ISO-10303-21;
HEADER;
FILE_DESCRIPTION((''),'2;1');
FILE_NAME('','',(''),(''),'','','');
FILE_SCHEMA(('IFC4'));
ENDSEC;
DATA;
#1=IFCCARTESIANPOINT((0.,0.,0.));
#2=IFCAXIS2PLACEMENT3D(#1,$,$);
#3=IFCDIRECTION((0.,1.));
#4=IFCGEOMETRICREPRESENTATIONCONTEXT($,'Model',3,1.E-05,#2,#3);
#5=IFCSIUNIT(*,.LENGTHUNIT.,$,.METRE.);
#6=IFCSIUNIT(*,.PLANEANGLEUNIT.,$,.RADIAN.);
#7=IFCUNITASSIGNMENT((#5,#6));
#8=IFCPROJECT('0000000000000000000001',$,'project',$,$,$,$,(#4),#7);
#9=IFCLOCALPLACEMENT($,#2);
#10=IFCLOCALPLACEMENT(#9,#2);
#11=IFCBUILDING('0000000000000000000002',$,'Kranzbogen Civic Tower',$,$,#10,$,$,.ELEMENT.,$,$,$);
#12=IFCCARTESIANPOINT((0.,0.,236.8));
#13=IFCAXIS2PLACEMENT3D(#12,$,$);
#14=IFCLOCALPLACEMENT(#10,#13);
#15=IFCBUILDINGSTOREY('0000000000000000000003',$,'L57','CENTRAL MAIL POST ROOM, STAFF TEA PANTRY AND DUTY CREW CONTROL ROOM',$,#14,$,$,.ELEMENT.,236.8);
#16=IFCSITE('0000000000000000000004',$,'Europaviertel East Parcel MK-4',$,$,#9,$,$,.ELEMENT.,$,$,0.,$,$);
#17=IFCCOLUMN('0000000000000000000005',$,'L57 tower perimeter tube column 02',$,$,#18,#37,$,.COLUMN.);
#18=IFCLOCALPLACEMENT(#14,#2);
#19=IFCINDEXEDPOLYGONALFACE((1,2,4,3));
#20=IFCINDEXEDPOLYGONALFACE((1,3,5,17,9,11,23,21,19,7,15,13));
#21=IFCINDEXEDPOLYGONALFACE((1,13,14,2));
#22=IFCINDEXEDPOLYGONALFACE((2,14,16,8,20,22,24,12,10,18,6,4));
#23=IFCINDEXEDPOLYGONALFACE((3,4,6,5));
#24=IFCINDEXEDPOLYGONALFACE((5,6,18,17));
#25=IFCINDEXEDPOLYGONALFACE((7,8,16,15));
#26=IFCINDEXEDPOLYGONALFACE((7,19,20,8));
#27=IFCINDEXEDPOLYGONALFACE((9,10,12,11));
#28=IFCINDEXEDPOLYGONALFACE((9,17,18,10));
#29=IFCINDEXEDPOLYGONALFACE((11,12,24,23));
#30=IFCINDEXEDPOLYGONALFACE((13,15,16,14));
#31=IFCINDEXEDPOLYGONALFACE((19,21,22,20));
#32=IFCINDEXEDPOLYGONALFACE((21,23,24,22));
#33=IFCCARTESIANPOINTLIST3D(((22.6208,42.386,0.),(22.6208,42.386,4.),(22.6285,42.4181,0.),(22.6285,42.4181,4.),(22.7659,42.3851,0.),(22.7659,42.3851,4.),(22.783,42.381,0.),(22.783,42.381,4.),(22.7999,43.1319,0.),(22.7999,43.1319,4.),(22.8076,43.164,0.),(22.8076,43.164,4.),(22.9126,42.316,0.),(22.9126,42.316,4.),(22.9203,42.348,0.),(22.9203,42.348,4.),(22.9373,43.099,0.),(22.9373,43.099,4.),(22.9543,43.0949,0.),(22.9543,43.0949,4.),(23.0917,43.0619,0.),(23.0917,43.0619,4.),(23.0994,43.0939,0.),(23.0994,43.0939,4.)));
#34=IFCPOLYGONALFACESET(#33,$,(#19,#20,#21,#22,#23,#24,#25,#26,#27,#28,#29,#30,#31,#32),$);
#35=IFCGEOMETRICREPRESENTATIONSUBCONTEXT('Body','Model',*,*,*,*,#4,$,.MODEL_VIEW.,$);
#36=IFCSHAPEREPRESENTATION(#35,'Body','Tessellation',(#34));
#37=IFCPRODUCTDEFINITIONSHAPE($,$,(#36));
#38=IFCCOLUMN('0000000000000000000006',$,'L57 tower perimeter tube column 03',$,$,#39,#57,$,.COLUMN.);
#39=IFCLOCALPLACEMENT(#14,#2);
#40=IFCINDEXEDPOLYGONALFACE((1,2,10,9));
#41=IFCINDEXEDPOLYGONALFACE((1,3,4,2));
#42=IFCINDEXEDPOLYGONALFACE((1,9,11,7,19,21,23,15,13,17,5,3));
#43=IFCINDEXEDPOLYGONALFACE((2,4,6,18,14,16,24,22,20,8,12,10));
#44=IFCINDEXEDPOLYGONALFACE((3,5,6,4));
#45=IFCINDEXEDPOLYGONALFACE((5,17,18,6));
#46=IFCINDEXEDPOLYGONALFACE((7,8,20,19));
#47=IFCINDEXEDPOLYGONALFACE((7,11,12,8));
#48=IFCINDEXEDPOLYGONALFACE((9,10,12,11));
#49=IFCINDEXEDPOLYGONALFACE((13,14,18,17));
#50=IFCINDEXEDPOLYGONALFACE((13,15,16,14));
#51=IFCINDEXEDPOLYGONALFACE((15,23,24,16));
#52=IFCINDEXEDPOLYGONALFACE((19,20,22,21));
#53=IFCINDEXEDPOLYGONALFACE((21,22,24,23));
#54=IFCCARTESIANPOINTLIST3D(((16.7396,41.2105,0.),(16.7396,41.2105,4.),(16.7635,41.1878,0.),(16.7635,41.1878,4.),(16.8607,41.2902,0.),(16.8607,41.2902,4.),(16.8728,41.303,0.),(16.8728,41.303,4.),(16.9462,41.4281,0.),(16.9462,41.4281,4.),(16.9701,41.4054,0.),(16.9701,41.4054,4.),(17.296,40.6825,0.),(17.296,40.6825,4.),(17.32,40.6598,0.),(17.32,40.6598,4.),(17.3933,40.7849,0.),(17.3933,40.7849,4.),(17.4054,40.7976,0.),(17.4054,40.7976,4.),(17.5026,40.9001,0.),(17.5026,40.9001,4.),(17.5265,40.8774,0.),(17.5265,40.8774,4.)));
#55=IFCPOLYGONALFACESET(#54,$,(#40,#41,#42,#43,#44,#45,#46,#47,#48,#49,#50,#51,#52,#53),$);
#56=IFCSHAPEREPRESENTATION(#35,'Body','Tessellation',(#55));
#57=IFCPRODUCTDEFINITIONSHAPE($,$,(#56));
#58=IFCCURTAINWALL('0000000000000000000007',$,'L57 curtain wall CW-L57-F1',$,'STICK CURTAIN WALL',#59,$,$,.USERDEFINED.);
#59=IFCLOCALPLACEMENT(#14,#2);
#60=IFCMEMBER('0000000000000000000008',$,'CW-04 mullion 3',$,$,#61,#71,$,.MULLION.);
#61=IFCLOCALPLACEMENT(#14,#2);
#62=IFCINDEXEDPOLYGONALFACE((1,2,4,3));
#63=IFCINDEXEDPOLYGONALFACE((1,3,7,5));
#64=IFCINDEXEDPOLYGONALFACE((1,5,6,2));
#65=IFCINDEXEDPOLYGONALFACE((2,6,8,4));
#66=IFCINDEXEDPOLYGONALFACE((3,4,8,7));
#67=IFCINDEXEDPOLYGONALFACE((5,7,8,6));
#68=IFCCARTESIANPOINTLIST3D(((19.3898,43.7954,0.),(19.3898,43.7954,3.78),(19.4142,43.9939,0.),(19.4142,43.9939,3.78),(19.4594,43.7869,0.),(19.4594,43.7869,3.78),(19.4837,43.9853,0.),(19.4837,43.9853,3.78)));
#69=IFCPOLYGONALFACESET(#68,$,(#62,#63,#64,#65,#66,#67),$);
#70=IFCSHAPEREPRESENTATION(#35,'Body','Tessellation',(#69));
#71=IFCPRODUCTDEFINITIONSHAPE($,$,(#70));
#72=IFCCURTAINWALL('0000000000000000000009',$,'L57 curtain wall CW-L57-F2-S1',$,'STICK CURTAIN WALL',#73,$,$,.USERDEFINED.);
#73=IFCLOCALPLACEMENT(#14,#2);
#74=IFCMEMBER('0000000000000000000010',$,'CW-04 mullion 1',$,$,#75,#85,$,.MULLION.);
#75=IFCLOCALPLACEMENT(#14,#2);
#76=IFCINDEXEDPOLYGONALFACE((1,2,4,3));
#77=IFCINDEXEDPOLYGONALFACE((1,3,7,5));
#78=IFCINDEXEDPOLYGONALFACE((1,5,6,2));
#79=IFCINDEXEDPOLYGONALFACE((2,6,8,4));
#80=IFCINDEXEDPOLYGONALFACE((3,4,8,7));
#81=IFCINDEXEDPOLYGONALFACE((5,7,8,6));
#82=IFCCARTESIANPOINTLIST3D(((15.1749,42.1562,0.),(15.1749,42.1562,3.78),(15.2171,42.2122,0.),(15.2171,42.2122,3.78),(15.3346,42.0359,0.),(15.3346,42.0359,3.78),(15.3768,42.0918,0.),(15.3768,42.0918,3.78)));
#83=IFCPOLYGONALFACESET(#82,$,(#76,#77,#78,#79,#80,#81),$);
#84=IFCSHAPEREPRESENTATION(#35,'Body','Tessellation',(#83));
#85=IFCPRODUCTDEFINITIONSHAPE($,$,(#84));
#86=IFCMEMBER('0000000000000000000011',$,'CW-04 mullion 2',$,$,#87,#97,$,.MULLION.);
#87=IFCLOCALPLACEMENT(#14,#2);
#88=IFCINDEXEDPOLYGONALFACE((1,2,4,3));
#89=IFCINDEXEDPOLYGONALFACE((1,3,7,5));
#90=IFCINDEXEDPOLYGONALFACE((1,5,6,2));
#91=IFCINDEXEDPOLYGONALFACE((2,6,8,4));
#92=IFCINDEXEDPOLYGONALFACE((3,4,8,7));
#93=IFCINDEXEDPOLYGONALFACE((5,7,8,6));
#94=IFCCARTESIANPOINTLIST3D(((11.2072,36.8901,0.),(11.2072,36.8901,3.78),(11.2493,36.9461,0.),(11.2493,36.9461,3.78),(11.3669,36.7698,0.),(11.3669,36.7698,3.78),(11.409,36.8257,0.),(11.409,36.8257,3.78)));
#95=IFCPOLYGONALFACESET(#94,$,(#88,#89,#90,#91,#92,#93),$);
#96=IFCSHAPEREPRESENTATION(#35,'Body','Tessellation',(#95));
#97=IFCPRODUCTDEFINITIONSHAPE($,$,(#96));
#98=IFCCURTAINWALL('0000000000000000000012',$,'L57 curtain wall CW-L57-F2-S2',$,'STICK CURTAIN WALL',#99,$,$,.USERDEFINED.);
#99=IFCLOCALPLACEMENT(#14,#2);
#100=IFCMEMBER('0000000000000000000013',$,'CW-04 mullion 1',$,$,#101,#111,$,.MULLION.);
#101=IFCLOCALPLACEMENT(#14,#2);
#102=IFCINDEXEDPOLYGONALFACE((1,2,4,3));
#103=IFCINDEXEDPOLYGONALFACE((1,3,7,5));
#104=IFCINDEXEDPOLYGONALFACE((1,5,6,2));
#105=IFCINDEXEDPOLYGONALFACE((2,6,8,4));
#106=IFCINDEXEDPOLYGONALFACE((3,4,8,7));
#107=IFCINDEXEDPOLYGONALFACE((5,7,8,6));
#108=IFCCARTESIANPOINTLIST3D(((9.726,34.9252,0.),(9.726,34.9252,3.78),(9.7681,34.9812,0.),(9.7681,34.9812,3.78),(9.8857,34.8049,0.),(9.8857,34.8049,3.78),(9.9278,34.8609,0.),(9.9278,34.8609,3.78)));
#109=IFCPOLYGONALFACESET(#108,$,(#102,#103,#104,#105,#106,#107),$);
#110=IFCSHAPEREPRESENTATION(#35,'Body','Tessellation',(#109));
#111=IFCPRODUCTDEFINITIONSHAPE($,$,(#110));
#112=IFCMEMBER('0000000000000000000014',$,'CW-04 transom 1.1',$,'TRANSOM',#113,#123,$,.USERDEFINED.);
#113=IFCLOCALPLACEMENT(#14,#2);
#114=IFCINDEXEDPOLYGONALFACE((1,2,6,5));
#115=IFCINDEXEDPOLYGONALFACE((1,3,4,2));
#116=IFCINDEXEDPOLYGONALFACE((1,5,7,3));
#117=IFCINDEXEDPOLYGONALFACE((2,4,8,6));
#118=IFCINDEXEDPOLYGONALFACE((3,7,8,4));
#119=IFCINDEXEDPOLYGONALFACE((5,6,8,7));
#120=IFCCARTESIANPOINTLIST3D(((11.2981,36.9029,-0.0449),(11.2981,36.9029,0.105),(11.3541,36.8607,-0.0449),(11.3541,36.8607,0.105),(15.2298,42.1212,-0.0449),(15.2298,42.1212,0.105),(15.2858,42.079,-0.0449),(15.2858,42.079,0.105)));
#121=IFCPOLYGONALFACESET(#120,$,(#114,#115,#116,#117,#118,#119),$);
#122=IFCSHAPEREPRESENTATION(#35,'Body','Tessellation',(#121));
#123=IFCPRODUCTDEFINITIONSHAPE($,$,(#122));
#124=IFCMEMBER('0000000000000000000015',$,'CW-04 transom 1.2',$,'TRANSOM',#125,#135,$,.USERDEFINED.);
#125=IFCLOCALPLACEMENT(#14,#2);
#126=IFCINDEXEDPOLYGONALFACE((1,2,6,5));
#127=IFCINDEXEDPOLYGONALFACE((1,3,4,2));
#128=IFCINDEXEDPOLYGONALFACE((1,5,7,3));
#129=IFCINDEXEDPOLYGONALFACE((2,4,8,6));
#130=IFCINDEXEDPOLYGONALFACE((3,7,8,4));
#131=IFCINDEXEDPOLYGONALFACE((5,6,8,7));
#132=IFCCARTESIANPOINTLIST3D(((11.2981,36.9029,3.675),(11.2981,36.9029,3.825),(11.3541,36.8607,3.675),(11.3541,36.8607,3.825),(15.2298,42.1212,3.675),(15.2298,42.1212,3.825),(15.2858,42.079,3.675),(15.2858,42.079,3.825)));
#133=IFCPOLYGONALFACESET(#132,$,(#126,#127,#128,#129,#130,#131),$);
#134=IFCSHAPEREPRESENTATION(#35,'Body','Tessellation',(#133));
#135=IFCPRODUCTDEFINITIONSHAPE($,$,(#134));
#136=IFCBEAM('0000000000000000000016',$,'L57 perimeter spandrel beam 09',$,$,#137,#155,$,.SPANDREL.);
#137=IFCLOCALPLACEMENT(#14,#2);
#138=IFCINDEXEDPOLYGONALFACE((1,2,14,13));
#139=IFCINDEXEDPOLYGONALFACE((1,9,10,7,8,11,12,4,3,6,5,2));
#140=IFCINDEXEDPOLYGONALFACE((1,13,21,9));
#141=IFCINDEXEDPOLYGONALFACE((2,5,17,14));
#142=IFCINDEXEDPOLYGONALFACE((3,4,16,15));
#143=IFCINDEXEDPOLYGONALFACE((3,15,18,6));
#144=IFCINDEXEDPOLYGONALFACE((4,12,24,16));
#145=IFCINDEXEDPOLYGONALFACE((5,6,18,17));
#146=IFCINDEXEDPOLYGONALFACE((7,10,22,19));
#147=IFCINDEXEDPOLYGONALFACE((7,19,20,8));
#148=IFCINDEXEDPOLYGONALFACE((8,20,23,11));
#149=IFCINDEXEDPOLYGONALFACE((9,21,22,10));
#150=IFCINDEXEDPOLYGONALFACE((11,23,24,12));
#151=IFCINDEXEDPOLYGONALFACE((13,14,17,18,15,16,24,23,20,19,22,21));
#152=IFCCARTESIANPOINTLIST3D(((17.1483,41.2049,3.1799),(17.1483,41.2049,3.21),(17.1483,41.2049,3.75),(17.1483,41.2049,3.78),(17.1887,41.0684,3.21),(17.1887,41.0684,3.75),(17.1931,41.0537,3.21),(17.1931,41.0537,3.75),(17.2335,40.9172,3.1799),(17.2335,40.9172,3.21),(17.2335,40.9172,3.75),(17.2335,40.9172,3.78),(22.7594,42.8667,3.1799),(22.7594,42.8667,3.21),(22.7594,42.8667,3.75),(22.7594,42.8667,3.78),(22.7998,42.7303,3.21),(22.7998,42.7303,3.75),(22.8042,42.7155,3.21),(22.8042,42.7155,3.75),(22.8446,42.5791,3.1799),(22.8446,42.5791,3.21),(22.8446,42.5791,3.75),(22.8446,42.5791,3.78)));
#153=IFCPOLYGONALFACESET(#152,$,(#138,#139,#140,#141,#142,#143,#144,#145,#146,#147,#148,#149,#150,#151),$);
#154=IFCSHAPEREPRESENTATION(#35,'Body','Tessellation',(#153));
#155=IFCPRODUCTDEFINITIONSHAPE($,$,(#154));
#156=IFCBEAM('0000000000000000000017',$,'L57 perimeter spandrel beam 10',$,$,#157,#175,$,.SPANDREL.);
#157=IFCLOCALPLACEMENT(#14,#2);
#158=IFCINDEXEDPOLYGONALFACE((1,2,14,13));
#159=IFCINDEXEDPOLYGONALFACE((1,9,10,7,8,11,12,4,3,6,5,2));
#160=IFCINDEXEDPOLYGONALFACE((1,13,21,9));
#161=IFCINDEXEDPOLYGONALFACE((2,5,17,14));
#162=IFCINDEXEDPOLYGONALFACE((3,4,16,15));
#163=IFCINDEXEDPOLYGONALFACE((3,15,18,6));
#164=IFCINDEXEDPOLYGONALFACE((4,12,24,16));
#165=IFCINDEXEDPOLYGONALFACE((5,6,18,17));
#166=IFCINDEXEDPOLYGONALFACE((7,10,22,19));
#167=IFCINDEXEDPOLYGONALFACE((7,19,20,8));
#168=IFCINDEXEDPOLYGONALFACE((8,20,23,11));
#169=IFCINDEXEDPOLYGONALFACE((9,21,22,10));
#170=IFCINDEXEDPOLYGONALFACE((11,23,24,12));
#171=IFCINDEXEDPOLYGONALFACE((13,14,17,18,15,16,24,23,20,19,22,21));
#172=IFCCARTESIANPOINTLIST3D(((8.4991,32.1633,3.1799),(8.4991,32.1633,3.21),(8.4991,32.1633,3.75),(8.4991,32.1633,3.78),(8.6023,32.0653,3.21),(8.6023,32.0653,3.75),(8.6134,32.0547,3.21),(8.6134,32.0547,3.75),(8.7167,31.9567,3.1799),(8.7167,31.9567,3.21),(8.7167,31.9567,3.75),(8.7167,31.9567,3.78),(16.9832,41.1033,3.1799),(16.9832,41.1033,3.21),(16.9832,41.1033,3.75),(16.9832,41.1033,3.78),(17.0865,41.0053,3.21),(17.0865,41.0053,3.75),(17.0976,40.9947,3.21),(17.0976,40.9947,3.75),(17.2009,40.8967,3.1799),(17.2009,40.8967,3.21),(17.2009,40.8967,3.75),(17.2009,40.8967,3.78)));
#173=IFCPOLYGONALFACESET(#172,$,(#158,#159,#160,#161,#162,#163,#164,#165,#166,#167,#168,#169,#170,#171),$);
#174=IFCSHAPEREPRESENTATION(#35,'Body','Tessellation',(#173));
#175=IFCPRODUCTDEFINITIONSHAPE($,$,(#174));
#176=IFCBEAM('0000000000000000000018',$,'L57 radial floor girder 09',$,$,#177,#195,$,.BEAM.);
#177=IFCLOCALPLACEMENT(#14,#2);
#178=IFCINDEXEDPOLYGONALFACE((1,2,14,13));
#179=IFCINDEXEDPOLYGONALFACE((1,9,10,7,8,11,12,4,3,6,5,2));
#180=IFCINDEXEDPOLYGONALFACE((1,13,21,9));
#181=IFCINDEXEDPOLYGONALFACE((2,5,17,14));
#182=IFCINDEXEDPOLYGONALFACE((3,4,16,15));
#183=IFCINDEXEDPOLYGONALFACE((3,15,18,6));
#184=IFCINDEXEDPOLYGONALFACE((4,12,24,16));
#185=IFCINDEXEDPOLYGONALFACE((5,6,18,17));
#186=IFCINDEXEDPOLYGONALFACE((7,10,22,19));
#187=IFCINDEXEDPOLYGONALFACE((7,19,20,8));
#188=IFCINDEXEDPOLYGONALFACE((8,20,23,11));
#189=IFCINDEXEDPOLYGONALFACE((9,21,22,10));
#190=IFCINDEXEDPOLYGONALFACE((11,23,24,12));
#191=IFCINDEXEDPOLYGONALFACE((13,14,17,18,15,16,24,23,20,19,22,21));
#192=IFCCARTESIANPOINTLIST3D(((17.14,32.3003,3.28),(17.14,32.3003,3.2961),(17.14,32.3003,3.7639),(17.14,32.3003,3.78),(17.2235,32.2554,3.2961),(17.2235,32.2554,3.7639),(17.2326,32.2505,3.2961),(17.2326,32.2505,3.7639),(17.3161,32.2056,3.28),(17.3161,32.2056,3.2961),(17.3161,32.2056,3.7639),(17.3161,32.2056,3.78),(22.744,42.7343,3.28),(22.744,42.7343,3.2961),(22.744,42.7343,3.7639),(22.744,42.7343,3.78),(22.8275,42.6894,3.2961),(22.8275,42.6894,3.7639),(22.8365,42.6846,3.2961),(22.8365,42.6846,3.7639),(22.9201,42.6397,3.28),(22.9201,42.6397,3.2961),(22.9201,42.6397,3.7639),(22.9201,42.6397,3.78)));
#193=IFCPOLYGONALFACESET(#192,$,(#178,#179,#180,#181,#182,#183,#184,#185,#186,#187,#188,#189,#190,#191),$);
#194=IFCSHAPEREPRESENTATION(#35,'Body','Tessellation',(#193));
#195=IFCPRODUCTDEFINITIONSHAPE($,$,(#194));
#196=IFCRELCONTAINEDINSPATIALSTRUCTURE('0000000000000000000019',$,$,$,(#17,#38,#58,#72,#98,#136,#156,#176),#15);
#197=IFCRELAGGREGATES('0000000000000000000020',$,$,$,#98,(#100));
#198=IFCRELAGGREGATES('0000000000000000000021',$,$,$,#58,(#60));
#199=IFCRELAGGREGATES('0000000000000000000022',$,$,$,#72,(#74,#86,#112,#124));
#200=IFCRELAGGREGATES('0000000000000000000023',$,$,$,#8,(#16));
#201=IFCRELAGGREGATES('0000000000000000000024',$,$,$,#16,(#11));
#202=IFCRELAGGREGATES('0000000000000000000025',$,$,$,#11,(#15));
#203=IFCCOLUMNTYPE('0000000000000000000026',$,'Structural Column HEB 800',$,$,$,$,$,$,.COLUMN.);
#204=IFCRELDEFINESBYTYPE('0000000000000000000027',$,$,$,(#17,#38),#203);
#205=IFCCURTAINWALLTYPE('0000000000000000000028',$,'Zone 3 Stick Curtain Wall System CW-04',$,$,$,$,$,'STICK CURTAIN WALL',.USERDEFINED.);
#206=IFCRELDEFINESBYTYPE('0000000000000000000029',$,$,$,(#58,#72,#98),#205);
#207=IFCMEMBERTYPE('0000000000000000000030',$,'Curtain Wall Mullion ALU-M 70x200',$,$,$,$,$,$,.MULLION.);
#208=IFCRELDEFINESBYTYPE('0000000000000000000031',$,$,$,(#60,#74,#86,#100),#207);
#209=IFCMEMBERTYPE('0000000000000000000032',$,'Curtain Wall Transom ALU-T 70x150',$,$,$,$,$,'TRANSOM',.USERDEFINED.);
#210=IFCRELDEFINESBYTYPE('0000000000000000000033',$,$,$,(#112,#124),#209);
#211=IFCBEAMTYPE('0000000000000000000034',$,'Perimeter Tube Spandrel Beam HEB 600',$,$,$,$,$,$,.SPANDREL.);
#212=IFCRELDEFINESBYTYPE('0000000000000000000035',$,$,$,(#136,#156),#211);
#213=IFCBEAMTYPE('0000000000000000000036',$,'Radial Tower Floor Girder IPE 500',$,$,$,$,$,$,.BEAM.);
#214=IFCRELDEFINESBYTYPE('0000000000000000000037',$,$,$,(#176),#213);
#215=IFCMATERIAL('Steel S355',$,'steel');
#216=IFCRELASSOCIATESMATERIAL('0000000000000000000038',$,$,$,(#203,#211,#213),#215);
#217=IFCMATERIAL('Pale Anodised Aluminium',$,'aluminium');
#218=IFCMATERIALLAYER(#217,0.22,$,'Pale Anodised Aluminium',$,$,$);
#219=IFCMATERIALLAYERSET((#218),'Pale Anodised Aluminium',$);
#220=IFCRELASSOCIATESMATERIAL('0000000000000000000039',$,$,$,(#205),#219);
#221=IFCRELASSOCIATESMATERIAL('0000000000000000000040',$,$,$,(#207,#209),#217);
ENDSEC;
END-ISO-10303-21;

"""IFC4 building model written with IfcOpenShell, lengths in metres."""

from ifc_helpers import new_model, si_unit, direction, frame, origin, origin_2d, place, context, subcontext, project, spatial, rectangle, i_section, extrude, material, layer, layer_set, material_profile, profile_set, type_object, element, aggregate, save


model = new_model("IFC4")

# Units and contexts
model_context = context("Model", 3, precision=1e-05, world=origin(), true_north=direction((0.0, 1.0)))
body_context = subcontext(model_context, "Body", "Model", "MODEL_VIEW")
ifc_project = project(units=[si_unit("LENGTHUNIT", "METRE"), si_unit("PLANEANGLEUNIT", "RADIAN")], contexts=[model_context])

# Site, building, storey
site_placement = place(None, origin())
site = spatial("IfcSite", under=ifc_project, at=site_placement, Name="Europaviertel East Parcel MK-4", CompositionType="ELEMENT", RefElevation=0.0)
building_placement = place(site_placement, origin())
building = spatial("IfcBuilding", under=site, at=building_placement, Name="Kranzbogen Civic Tower", CompositionType="ELEMENT")
storey_placement = place(building_placement, frame((0.0, 0.0, 236.8)))
storey = spatial("IfcBuildingStorey", under=building, at=storey_placement, Name="L57", Description="CENTRAL MAIL POST ROOM, STAFF TEA PANTRY AND DUTY CREW CONTROL ROOM", CompositionType="ELEMENT", Elevation=236.8)

# Columns
ifc_material_1 = material(Name="Steel S355", Category="steel")
ifc_material_profile_1 = material_profile(ifc_material_1, i_section(OverallWidth=0.3, OverallDepth=0.8, WebThickness=0.0176, FlangeThickness=0.033, at=origin_2d()), Name="HEB 800")
ifc_profile_set_1 = profile_set([ifc_material_profile_1], Name="Steel S355")
column_type = type_object("IfcColumnType", Name="Structural Column HEB 800", PredefinedType="COLUMN", material=ifc_profile_set_1)
for number, where, z_axis, x_axis, name in (
    (1, (22.8601, 42.74, 0.0), (0.0, 0.0, 1.0), (-0.97237, 0.233445, 0.0), "L57 tower perimeter tube column 02"),
    (2, (17.1331, 41.0439, 0.0), (0.0, 0.0, 1.0), (0.688355, 0.725374, 0.0), "L57 tower perimeter tube column 03"),
):
    element("IfcColumn", number, at=place(storey_placement, frame(where, z_axis=z_axis, x_axis=x_axis)), inside=storey, type_object=column_type, Name=name, PredefinedType="COLUMN", context=body_context, shape_type="SweptSolid", body=[
        extrude(i_section(OverallWidth=0.3, OverallDepth=0.8, WebThickness=0.0176, FlangeThickness=0.033, at=origin_2d()), origin(), (0.0, 0.0, 1.0), 4.0),
    ])

# Curtain wall, member
ifc_material_2 = material(Name="Pale Anodised Aluminium", Category="aluminium")
ifc_layer_1 = layer(ifc_material_2, 0.22, Name="Pale Anodised Aluminium")
ifc_layer_set_1 = layer_set([ifc_layer_1], Name="Pale Anodised Aluminium")
curtain_wall_type = type_object("IfcCurtainWallType", Name="Zone 3 Stick Curtain Wall System CW-04", ElementType="STICK CURTAIN WALL", PredefinedType="USERDEFINED", material=ifc_layer_set_1)
curtain_wall_1_placement = place(storey_placement, origin())
curtain_wall_1 = element("IfcCurtainWall", 3, at=curtain_wall_1_placement, inside=storey, type_object=curtain_wall_type, Name="L57 curtain wall CW-L57-F1", ObjectType="STICK CURTAIN WALL", PredefinedType="USERDEFINED")
ifc_material_profile_2 = material_profile(ifc_material_2, rectangle(XDim=0.0701, YDim=0.2, at=origin_2d()), Name="ALU-M 70x200")
ifc_profile_set_2 = profile_set([ifc_material_profile_2], Name="Pale Anodised Aluminium")
member_type_1 = type_object("IfcMemberType", Name="Curtain Wall Mullion ALU-M 70x200", PredefinedType="MULLION", material=ifc_profile_set_2)
member_1_placement = place(storey_placement, frame((19.4368, 43.8904, 0.0), z_axis=(0.0, 0.0, 1.0), x_axis=(-0.992541, 0.121911, 0.0)))
member_1 = element("IfcMember", 4, at=member_1_placement, type_object=member_type_1, Name="CW-04 mullion 3", PredefinedType="MULLION", context=body_context, shape_type="SweptSolid", body=[
    extrude(rectangle(XDim=0.0701, YDim=0.2, at=origin_2d()), origin(), (0.0, 0.0, 1.0), 3.78),
])

# Curtain wall, members
curtain_wall_2_placement = place(storey_placement, origin())
curtain_wall_2 = element("IfcCurtainWall", 5, at=curtain_wall_2_placement, inside=storey, type_object=curtain_wall_type, Name="L57 curtain wall CW-L57-F2-S1", ObjectType="STICK CURTAIN WALL", PredefinedType="USERDEFINED")
member_2_placement = place(storey_placement, frame((15.2759, 42.124, 0.0), z_axis=(0.0, 0.0, 1.0), x_axis=(-0.601778, -0.798663, 0.0)))
member_2 = element("IfcMember", 6, at=member_2_placement, type_object=member_type_1, Name="CW-04 mullion 1", PredefinedType="MULLION", context=body_context, shape_type="SweptSolid", body=[
    extrude(rectangle(XDim=0.0701, YDim=0.2, at=origin_2d()), origin(), (0.0, 0.0, 1.0), 3.78),
])
member_3_placement = place(storey_placement, frame((11.3081, 36.8579, 0.0), z_axis=(0.0, 0.0, 1.0), x_axis=(-0.601778, -0.798663, 0.0)))
member_3 = element("IfcMember", 7, at=member_3_placement, type_object=member_type_1, Name="CW-04 mullion 2", PredefinedType="MULLION", context=body_context, shape_type="SweptSolid", body=[
    extrude(rectangle(XDim=0.0701, YDim=0.2, at=origin_2d()), origin(), (0.0, 0.0, 1.0), 3.78),
])

# Curtain wall, member
curtain_wall_3_placement = place(storey_placement, origin())
curtain_wall_3 = element("IfcCurtainWall", 8, at=curtain_wall_3_placement, inside=storey, type_object=curtain_wall_type, Name="L57 curtain wall CW-L57-F2-S2", ObjectType="STICK CURTAIN WALL", PredefinedType="USERDEFINED")
member_4_placement = place(storey_placement, frame((9.8269, 34.8931, 0.0), z_axis=(0.0, 0.0, 1.0), x_axis=(-0.601778, -0.798663, 0.0)))
member_4 = element("IfcMember", 9, at=member_4_placement, type_object=member_type_1, Name="CW-04 mullion 1", PredefinedType="MULLION", context=body_context, shape_type="SweptSolid", body=[
    extrude(rectangle(XDim=0.0701, YDim=0.2, at=origin_2d()), origin(), (0.0, 0.0, 1.0), 3.78),
])
aggregate(curtain_wall_3, [member_4])

# Members
ifc_material_profile_3 = material_profile(ifc_material_2, rectangle(XDim=0.0701, YDim=0.1499, at=origin_2d()), Name="ALU-T 70x150")
ifc_profile_set_3 = profile_set([ifc_material_profile_3], Name="Pale Anodised Aluminium")
member_type_2 = type_object("IfcMemberType", Name="Curtain Wall Transom ALU-T 70x150", ElementType="TRANSOM", PredefinedType="USERDEFINED", material=ifc_profile_set_3)
member_5_placement = place(storey_placement, frame((15.2578, 42.1001, 0.03), z_axis=(-0.601756, -0.79868, 0.0), x_axis=(0.79868, -0.601756, 0.0)))
member_5 = element("IfcMember", 10, at=member_5_placement, type_object=member_type_2, Name="CW-04 transom 1.1", ObjectType="TRANSOM", PredefinedType="USERDEFINED", context=body_context, shape_type="SweptSolid", body=[
    extrude(rectangle(XDim=0.0701, YDim=0.1499, at=origin_2d()), origin(), (0.0, 0.0, 1.0), 6.5337),
])
member_6_placement = place(storey_placement, frame((15.2578, 42.1001, 3.75), z_axis=(-0.601756, -0.79868, 0.0), x_axis=(0.79868, -0.601756, 0.0)))
member_6 = element("IfcMember", 11, at=member_6_placement, type_object=member_type_2, Name="CW-04 transom 1.2", ObjectType="TRANSOM", PredefinedType="USERDEFINED", context=body_context, shape_type="SweptSolid", body=[
    extrude(rectangle(XDim=0.0701, YDim=0.1499, at=origin_2d()), origin(), (0.0, 0.0, 1.0), 6.5337),
])

# Beams
ifc_material_profile_4 = material_profile(ifc_material_1, i_section(OverallWidth=0.3, OverallDepth=0.6001, WebThickness=0.0154, FlangeThickness=0.03, at=origin_2d()), Name="HEB 600")
ifc_profile_set_4 = profile_set([ifc_material_profile_4], Name="Steel S355")
beam_type_1 = type_object("IfcBeamType", Name="Perimeter Tube Spandrel Beam HEB 600", PredefinedType="SPANDREL", material=ifc_profile_set_4)
beam_1_placement = place(storey_placement, frame((22.802, 42.7229, 3.48), z_axis=(-0.95883, -0.283982, 0.0), x_axis=(0.283982, -0.95883, 0.0)))
element("IfcBeam", 12, at=beam_1_placement, inside=storey, type_object=beam_type_1, Name="L57 perimeter spandrel beam 09", PredefinedType="SPANDREL", context=body_context, shape_type="SweptSolid", body=[
    extrude(i_section(OverallWidth=0.3, OverallDepth=0.6001, WebThickness=0.0154, FlangeThickness=0.03, at=origin_2d()), origin(), (0.0, 0.0, 1.0), 5.8521),
])
beam_2_placement = place(storey_placement, frame((17.092, 41.0, 3.48), z_axis=(-0.688373, -0.725356, 0.0), x_axis=(0.725356, -0.688373, 0.0)))
element("IfcBeam", 13, at=beam_2_placement, inside=storey, type_object=beam_type_1, Name="L57 perimeter spandrel beam 10", PredefinedType="SPANDREL", context=body_context, shape_type="SweptSolid", body=[
    extrude(i_section(OverallWidth=0.3, OverallDepth=0.6001, WebThickness=0.0154, FlangeThickness=0.03, at=origin_2d()), origin(), (0.0, 0.0, 1.0), 12.325),
])
ifc_material_profile_5 = material_profile(ifc_material_1, i_section(OverallWidth=0.2, OverallDepth=0.5, WebThickness=0.0103, FlangeThickness=0.0161, at=origin_2d()), Name="IPE 500")
ifc_profile_set_5 = profile_set([ifc_material_profile_5], Name="Steel S355")
beam_type_2 = type_object("IfcBeamType", Name="Radial Tower Floor Girder IPE 500", PredefinedType="BEAM", material=ifc_profile_set_5)
beam_3_placement = place(storey_placement, frame((22.832, 42.687, 3.53), z_axis=(-0.47316, -0.880976, 0.0), x_axis=(0.880976, -0.47316, 0.0)))
element("IfcBeam", 14, at=beam_3_placement, inside=storey, type_object=beam_type_2, Name="L57 radial floor girder 09", PredefinedType="BEAM", context=body_context, shape_type="SweptSolid", body=[
    extrude(i_section(OverallWidth=0.2, OverallDepth=0.5, WebThickness=0.0103, FlangeThickness=0.0161, at=origin_2d()), origin(), (0.0, 0.0, 1.0), 11.8438),
])

aggregate(curtain_wall_1, [member_1])
aggregate(curtain_wall_2, [member_2, member_3, member_5, member_6])

save(model, "model.ifc")
